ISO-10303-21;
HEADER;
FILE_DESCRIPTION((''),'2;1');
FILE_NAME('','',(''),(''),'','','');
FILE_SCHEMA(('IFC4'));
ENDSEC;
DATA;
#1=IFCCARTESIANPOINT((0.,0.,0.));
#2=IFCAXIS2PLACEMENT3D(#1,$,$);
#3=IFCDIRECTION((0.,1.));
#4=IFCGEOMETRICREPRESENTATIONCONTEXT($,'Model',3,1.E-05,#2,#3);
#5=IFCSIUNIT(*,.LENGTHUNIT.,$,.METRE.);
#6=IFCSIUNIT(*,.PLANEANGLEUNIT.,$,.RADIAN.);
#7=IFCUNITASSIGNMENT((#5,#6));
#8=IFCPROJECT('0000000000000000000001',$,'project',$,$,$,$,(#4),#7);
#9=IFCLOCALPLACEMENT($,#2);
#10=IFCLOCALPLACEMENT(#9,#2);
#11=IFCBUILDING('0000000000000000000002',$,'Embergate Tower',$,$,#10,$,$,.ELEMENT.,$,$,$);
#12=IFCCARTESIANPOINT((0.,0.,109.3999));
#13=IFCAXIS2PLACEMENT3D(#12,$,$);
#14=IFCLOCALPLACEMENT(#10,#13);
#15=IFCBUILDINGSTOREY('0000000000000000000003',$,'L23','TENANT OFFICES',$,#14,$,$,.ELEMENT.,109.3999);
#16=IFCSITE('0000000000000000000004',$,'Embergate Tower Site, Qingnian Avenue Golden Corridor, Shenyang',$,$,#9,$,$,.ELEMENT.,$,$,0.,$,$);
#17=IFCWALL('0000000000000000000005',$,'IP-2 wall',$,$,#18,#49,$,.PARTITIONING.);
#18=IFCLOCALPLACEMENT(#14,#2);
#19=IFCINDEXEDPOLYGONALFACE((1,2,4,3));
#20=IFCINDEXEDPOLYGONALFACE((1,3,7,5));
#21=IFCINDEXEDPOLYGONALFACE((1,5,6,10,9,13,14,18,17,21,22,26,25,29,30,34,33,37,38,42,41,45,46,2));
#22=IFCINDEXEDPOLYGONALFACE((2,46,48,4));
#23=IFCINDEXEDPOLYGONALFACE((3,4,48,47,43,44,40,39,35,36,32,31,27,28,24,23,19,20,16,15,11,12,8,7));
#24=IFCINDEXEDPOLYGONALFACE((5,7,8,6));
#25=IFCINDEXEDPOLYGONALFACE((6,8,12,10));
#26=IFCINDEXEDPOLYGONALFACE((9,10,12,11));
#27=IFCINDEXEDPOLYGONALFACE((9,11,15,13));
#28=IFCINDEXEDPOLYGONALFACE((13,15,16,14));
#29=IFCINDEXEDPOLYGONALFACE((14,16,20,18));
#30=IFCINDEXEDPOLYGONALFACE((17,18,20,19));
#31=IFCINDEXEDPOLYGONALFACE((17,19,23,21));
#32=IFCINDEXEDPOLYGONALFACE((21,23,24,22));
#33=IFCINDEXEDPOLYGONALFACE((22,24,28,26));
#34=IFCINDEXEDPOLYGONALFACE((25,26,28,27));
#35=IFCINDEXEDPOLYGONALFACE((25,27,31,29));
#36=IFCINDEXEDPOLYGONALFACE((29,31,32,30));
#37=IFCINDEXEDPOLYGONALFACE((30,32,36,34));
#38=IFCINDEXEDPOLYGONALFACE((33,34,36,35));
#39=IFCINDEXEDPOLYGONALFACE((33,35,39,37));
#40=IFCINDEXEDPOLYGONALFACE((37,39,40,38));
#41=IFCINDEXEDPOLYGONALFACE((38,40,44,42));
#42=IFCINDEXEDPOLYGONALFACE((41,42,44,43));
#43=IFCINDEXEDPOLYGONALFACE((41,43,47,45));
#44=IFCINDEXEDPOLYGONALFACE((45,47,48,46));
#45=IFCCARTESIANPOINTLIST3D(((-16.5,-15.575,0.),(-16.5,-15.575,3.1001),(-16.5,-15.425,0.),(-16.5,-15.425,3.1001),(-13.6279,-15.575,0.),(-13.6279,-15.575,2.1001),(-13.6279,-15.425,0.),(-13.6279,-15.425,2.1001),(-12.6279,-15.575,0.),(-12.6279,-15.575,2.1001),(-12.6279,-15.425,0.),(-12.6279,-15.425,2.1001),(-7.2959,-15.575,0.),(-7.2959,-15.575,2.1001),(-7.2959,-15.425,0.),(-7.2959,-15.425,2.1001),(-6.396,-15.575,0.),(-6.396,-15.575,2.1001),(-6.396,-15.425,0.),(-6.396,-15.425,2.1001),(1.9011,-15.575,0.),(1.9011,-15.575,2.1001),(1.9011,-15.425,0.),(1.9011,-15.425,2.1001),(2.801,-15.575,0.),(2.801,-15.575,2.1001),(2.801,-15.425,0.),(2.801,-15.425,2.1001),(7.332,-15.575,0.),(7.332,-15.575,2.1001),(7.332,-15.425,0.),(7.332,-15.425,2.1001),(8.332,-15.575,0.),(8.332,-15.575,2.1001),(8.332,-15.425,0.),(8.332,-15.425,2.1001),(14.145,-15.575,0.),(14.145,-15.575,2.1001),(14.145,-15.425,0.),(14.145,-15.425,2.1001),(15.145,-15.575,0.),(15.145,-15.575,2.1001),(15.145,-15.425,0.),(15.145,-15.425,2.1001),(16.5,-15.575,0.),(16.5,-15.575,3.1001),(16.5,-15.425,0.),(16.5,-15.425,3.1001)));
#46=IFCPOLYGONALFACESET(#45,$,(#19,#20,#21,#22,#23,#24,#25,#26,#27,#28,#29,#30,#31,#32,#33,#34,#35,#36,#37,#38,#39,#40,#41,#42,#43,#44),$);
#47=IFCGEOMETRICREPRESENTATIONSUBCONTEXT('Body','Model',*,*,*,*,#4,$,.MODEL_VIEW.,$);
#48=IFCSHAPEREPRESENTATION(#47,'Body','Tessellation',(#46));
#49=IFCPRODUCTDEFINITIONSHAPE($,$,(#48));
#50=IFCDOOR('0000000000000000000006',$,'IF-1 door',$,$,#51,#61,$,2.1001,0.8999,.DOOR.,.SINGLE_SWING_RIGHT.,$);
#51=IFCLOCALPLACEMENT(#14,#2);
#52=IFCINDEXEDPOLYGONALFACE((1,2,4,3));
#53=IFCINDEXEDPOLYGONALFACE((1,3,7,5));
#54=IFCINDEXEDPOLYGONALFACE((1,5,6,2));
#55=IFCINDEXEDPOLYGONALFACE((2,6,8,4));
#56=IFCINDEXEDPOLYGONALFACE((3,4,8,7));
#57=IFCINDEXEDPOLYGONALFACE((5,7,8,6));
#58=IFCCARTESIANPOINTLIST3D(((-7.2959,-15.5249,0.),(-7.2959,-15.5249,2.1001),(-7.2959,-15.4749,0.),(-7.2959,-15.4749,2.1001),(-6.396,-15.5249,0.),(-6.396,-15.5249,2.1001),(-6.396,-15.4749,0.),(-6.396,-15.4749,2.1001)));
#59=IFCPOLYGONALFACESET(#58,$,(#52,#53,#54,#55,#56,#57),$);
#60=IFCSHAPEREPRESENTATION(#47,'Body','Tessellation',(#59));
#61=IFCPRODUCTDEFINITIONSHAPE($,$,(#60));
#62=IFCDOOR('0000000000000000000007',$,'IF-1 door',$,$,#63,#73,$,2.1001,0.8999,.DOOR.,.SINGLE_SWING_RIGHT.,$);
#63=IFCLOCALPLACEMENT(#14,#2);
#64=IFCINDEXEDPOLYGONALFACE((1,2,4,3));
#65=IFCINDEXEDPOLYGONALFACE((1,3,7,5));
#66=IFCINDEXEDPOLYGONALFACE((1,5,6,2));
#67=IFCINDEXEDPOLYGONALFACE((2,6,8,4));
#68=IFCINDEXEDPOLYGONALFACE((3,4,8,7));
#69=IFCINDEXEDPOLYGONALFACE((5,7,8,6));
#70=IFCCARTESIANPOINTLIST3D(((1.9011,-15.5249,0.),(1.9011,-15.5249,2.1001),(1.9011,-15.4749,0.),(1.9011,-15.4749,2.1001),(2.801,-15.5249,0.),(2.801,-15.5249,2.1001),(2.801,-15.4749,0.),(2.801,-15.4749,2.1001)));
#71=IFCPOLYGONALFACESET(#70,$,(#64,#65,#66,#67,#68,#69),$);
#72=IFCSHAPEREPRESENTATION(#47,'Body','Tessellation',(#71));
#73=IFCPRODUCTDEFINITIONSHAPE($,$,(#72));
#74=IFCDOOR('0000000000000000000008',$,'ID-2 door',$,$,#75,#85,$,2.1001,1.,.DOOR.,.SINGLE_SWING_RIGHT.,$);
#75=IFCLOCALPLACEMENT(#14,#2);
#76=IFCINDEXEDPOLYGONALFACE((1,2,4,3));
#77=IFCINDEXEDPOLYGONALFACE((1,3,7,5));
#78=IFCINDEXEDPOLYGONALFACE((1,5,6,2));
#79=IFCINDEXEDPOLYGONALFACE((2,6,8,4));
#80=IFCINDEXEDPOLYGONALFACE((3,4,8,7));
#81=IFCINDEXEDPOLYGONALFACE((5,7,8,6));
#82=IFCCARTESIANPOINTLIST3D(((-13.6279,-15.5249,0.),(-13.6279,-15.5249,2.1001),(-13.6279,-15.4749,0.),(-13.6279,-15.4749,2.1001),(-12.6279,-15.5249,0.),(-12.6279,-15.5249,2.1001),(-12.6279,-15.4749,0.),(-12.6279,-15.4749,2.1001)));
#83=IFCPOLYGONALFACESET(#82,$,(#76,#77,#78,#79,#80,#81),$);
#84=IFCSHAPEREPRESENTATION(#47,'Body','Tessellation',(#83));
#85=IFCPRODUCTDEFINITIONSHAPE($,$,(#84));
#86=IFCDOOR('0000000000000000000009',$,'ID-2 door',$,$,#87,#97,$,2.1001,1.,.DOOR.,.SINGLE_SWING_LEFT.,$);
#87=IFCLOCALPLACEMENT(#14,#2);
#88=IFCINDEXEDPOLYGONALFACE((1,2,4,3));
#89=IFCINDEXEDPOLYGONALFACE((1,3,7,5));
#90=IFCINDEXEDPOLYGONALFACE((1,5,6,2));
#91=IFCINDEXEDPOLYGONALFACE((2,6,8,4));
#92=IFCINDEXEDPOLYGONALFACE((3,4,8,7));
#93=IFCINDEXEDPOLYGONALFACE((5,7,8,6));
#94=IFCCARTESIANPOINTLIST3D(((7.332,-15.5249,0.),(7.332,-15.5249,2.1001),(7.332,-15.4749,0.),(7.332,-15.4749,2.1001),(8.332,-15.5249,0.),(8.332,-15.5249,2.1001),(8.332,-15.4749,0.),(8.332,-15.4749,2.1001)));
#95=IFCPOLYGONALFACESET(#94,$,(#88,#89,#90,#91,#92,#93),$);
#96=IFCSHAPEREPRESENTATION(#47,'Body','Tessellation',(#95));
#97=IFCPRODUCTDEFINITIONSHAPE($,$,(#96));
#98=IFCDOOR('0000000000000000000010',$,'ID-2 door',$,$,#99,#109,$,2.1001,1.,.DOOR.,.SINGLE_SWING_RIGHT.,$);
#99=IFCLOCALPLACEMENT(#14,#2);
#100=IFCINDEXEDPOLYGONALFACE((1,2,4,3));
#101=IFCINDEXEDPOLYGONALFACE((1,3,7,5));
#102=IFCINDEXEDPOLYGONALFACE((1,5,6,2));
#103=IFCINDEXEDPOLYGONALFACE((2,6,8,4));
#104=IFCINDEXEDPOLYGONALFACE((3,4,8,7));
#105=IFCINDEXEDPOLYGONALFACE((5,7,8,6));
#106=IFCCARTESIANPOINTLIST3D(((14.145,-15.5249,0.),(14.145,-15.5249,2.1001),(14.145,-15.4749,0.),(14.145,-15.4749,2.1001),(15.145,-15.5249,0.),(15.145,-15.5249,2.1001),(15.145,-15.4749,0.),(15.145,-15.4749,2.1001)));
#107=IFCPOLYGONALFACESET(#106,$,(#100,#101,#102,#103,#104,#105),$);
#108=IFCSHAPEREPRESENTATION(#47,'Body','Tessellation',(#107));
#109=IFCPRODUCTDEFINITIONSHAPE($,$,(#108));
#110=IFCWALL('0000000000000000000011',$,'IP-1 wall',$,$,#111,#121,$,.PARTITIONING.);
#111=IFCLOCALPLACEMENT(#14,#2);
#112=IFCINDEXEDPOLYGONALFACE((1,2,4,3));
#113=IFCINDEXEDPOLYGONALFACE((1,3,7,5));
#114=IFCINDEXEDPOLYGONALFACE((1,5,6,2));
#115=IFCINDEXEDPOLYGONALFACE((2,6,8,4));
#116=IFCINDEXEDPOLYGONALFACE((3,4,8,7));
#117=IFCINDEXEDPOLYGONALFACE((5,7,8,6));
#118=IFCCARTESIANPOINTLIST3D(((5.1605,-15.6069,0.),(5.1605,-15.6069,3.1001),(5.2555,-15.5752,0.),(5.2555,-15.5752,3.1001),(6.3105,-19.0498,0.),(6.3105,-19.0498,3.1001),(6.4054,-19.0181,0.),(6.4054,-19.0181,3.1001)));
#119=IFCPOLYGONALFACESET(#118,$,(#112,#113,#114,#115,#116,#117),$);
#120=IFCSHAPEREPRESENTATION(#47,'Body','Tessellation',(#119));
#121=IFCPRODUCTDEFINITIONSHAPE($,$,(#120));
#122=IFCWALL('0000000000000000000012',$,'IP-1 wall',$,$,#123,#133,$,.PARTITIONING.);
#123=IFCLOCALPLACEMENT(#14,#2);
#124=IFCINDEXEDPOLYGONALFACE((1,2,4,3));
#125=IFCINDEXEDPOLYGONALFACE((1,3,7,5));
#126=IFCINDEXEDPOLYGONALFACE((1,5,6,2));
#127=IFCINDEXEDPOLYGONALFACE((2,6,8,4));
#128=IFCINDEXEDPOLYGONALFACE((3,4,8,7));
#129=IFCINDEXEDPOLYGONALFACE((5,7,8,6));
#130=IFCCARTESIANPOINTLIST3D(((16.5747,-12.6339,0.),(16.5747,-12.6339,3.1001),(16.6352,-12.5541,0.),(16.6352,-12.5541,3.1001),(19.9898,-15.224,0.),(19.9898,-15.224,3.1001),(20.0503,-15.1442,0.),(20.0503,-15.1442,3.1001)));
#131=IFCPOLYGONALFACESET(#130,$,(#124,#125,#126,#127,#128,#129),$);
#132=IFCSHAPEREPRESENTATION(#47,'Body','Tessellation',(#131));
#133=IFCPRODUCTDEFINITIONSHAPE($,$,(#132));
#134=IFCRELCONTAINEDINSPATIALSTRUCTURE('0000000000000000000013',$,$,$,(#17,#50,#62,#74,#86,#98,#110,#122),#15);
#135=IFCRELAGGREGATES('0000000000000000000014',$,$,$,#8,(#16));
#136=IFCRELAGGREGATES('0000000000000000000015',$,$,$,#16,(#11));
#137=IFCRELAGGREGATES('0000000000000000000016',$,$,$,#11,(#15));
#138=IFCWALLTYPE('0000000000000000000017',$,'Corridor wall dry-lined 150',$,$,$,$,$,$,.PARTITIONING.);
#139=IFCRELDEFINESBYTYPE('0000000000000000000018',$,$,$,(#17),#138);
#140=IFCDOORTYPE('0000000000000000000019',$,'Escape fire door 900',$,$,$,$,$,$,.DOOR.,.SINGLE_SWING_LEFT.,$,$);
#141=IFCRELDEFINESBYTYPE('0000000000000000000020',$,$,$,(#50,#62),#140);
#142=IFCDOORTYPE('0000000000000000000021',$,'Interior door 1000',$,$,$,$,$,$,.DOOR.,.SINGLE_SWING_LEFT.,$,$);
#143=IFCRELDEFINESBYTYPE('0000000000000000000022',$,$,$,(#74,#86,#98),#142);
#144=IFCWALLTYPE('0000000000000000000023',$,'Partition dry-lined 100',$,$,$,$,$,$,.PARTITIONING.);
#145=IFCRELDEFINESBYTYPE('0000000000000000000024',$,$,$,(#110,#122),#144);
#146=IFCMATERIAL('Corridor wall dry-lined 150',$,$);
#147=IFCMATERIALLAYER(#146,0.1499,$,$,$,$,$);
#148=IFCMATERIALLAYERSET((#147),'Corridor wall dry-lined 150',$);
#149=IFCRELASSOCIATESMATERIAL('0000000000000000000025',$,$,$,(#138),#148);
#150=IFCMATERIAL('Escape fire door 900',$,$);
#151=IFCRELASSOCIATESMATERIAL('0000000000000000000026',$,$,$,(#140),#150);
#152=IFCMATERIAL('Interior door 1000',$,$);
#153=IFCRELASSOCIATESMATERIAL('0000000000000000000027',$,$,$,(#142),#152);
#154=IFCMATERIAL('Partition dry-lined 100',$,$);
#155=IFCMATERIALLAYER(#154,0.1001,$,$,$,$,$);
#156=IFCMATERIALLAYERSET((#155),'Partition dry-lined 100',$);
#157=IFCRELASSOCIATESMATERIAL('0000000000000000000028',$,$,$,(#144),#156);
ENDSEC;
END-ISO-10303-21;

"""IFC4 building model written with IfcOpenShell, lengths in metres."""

from ifc_helpers import new_model, si_unit, direction, frame, frame_2d, origin, place, context, subcontext, project, spatial, rectangle, extrude, source, transform, mapped, material, layer, layer_set, type_object, element, fill, save


model = new_model("IFC4")

# Units and contexts
model_context = context("Model", 3, precision=1e-05, world=origin(), true_north=direction((0.0, 1.0)))
body_context = subcontext(model_context, "Body", "Model", "MODEL_VIEW")
ifc_project = project(units=[si_unit("LENGTHUNIT", "METRE"), si_unit("PLANEANGLEUNIT", "RADIAN")], contexts=[model_context])

# Site, building, storey
site_placement = place(None, origin())
site = spatial("IfcSite", under=ifc_project, at=site_placement, Name="Embergate Tower Site, Qingnian Avenue Golden Corridor, Shenyang", CompositionType="ELEMENT", RefElevation=0.0)
building_placement = place(site_placement, origin())
building = spatial("IfcBuilding", under=site, at=building_placement, Name="Embergate Tower", CompositionType="ELEMENT")
storey_placement = place(building_placement, frame((0.0, 0.0, 109.3999)))
storey = spatial("IfcBuildingStorey", under=building, at=storey_placement, Name="L23", Description="TENANT OFFICES", CompositionType="ELEMENT", Elevation=109.3999)

# Wall, openings, doors
ifc_material_1 = material(Name="Corridor wall dry-lined 150")
ifc_layer_1 = layer(ifc_material_1, 0.1499)
ifc_layer_set_1 = layer_set([ifc_layer_1], Name="Corridor wall dry-lined 150")
wall_type_1 = type_object("IfcWallType", Name="Corridor wall dry-lined 150", PredefinedType="PARTITIONING", material=ifc_layer_set_1)
shared_shape_1 = source(origin(), body_context, "Body", "SweptSolid", [
    extrude(rectangle(XDim=33.0, YDim=0.1499, at=frame_2d((16.5, 0.0))), origin(), (0.0, 0.0, 1.0), 3.1001),
])
wall_1_placement = place(storey_placement, frame((16.5, -15.5, 0.0), z_axis=(0.0, 0.0, 1.0), x_axis=(-1.0, 0.0, 0.0)))
wall_1 = element("IfcWall", 1, at=wall_1_placement, inside=storey, type_object=wall_type_1, Name="IP-2 wall", PredefinedType="PARTITIONING", context=body_context, shape_type="MappedRepresentation", body=[
    mapped(shared_shape_1, transform((0.0, 0.0, 0.0))),
])
shared_shape_2 = source(origin(), body_context, "Body", "SweptSolid", [
    extrude(rectangle(XDim=1.0, YDim=2.1001, at=frame_2d((0.5, 1.05))), frame((0.0, 0.085, 0.0), z_axis=(0.0, -1.0, 0.0), x_axis=(1.0, 0.0, 0.0)), (0.0, 0.0, 1.0), 0.1699),
])
opening_1_placement = place(wall_1_placement, frame((29.1279, 0.0, 0.0)))
opening_1 = element("IfcOpeningElement", 2, at=opening_1_placement, cuts=wall_1, PredefinedType="OPENING", context=body_context, shape_type="MappedRepresentation", body=[
    mapped(shared_shape_2, transform((0.0, 0.0, 0.0))),
])
shared_shape_3 = source(origin(), body_context, "Body", "SweptSolid", [
    extrude(rectangle(XDim=0.8999, YDim=2.1001, at=frame_2d((0.45, 1.05))), frame((0.0, 0.085, 0.0), z_axis=(0.0, -1.0, 0.0), x_axis=(1.0, 0.0, 0.0)), (0.0, 0.0, 1.0), 0.1699),
])
opening_2_placement = place(wall_1_placement, frame((22.896, 0.0, 0.0)))
opening_2 = element("IfcOpeningElement", 3, at=opening_2_placement, cuts=wall_1, PredefinedType="OPENING", context=body_context, shape_type="MappedRepresentation", body=[
    mapped(shared_shape_3, transform((0.0, 0.0, 0.0))),
])
opening_3_placement = place(wall_1_placement, frame((13.699, 0.0, 0.0)))
opening_3 = element("IfcOpeningElement", 4, at=opening_3_placement, cuts=wall_1, PredefinedType="OPENING", context=body_context, shape_type="MappedRepresentation", body=[
    mapped(shared_shape_3, transform((0.0, 0.0, 0.0))),
])
opening_4_placement = place(wall_1_placement, frame((8.168, 0.0, 0.0)))
opening_4 = element("IfcOpeningElement", 5, at=opening_4_placement, cuts=wall_1, PredefinedType="OPENING", context=body_context, shape_type="MappedRepresentation", body=[
    mapped(shared_shape_2, transform((0.0, 0.0, 0.0))),
])
opening_5_placement = place(wall_1_placement, frame((1.355, 0.0, 0.0)))
opening_5 = element("IfcOpeningElement", 6, at=opening_5_placement, cuts=wall_1, PredefinedType="OPENING", context=body_context, shape_type="MappedRepresentation", body=[
    mapped(shared_shape_2, transform((0.0, 0.0, 0.0))),
])
ifc_material_2 = material(Name="Escape fire door 900")
door_type_1 = type_object("IfcDoorType", Name="Escape fire door 900", OperationType="SINGLE_SWING_LEFT", PredefinedType="DOOR", material=ifc_material_2)
shared_shape_4 = source(origin(), body_context, "Body", "SweptSolid", [
    extrude(rectangle(XDim=0.8999, YDim=2.1001, at=frame_2d((0.45, 1.05))), frame((0.0, 0.0249, 0.0), z_axis=(0.0, -1.0, 0.0), x_axis=(1.0, 0.0, 0.0)), (0.0, 0.0, 1.0), 0.05),
])
door_1_placement = place(opening_2_placement, origin())
door_1 = element("IfcDoor", 7, at=door_1_placement, inside=storey, type_object=door_type_1, Name="IF-1 door", OperationType="SINGLE_SWING_RIGHT", OverallHeight=2.1001, OverallWidth=0.8999, PredefinedType="DOOR", context=body_context, shape_type="MappedRepresentation", body=[
    mapped(shared_shape_4, transform((0.0, 0.0, 0.0))),
])
fill(opening_2, door_1)
door_2_placement = place(opening_3_placement, origin())
door_2 = element("IfcDoor", 8, at=door_2_placement, inside=storey, type_object=door_type_1, Name="IF-1 door", OperationType="SINGLE_SWING_RIGHT", OverallHeight=2.1001, OverallWidth=0.8999, PredefinedType="DOOR", context=body_context, shape_type="MappedRepresentation", body=[
    mapped(shared_shape_4, transform((0.0, 0.0, 0.0))),
])
fill(opening_3, door_2)
ifc_material_3 = material(Name="Interior door 1000")
door_type_2 = type_object("IfcDoorType", Name="Interior door 1000", OperationType="SINGLE_SWING_LEFT", PredefinedType="DOOR", material=ifc_material_3)
shared_shape_5 = source(origin(), body_context, "Body", "SweptSolid", [
    extrude(rectangle(XDim=1.0, YDim=2.1001, at=frame_2d((0.5, 1.05))), frame((0.0, 0.0249, 0.0), z_axis=(0.0, -1.0, 0.0), x_axis=(1.0, 0.0, 0.0)), (0.0, 0.0, 1.0), 0.05),
])
door_3_placement = place(opening_1_placement, origin())
door_3 = element("IfcDoor", 9, at=door_3_placement, inside=storey, type_object=door_type_2, Name="ID-2 door", OperationType="SINGLE_SWING_RIGHT", OverallHeight=2.1001, OverallWidth=1.0, PredefinedType="DOOR", context=body_context, shape_type="MappedRepresentation", body=[
    mapped(shared_shape_5, transform((0.0, 0.0, 0.0))),
])
fill(opening_1, door_3)
door_4_placement = place(opening_4_placement, origin())
door_4 = element("IfcDoor", 10, at=door_4_placement, inside=storey, type_object=door_type_2, Name="ID-2 door", OperationType="SINGLE_SWING_LEFT", OverallHeight=2.1001, OverallWidth=1.0, PredefinedType="DOOR", context=body_context, shape_type="MappedRepresentation", body=[
    mapped(shared_shape_5, transform((0.0, 0.0, 0.0))),
])
fill(opening_4, door_4)
door_5_placement = place(opening_5_placement, origin())
door_5 = element("IfcDoor", 11, at=door_5_placement, inside=storey, type_object=door_type_2, Name="ID-2 door", OperationType="SINGLE_SWING_RIGHT", OverallHeight=2.1001, OverallWidth=1.0, PredefinedType="DOOR", context=body_context, shape_type="MappedRepresentation", body=[
    mapped(shared_shape_5, transform((0.0, 0.0, 0.0))),
])
fill(opening_5, door_5)

# Walls
ifc_material_4 = material(Name="Partition dry-lined 100")
ifc_layer_2 = layer(ifc_material_4, 0.1001)
ifc_layer_set_2 = layer_set([ifc_layer_2], Name="Partition dry-lined 100")
wall_type_2 = type_object("IfcWallType", Name="Partition dry-lined 100", PredefinedType="PARTITIONING", material=ifc_layer_set_2)
shared_shape_6 = source(origin(), body_context, "Body", "SweptSolid", [
    extrude(rectangle(XDim=3.6299, YDim=0.1001, at=frame_2d((1.8149, 0.0))), origin(), (0.0, 0.0, 1.0), 3.1001),
])
wall_2_placement = place(storey_placement, frame((5.208, -15.5911, 0.0), z_axis=(0.0, 0.0, 1.0), x_axis=(0.316793, -0.948495, 0.0)))
element("IfcWall", 12, at=wall_2_placement, inside=storey, type_object=wall_type_2, Name="IP-1 wall", PredefinedType="PARTITIONING", context=body_context, shape_type="MappedRepresentation", body=[
    mapped(shared_shape_6, transform((0.0, 0.0, 0.0))),
])
shared_shape_7 = source(origin(), body_context, "Body", "SweptSolid", [
    extrude(rectangle(XDim=4.2861, YDim=0.1001, at=frame_2d((2.1431, 0.0))), origin(), (0.0, 0.0, 1.0), 3.1001),
])
wall_3_placement = place(storey_placement, frame((16.605, -12.594, 0.0), z_axis=(0.0, 0.0, 1.0), x_axis=(0.796762, -0.604293, 0.0)))
element("IfcWall", 13, at=wall_3_placement, inside=storey, type_object=wall_type_2, Name="IP-1 wall", PredefinedType="PARTITIONING", context=body_context, shape_type="MappedRepresentation", body=[
    mapped(shared_shape_7, transform((0.0, 0.0, 0.0))),
])

save(model, "model.ifc")
